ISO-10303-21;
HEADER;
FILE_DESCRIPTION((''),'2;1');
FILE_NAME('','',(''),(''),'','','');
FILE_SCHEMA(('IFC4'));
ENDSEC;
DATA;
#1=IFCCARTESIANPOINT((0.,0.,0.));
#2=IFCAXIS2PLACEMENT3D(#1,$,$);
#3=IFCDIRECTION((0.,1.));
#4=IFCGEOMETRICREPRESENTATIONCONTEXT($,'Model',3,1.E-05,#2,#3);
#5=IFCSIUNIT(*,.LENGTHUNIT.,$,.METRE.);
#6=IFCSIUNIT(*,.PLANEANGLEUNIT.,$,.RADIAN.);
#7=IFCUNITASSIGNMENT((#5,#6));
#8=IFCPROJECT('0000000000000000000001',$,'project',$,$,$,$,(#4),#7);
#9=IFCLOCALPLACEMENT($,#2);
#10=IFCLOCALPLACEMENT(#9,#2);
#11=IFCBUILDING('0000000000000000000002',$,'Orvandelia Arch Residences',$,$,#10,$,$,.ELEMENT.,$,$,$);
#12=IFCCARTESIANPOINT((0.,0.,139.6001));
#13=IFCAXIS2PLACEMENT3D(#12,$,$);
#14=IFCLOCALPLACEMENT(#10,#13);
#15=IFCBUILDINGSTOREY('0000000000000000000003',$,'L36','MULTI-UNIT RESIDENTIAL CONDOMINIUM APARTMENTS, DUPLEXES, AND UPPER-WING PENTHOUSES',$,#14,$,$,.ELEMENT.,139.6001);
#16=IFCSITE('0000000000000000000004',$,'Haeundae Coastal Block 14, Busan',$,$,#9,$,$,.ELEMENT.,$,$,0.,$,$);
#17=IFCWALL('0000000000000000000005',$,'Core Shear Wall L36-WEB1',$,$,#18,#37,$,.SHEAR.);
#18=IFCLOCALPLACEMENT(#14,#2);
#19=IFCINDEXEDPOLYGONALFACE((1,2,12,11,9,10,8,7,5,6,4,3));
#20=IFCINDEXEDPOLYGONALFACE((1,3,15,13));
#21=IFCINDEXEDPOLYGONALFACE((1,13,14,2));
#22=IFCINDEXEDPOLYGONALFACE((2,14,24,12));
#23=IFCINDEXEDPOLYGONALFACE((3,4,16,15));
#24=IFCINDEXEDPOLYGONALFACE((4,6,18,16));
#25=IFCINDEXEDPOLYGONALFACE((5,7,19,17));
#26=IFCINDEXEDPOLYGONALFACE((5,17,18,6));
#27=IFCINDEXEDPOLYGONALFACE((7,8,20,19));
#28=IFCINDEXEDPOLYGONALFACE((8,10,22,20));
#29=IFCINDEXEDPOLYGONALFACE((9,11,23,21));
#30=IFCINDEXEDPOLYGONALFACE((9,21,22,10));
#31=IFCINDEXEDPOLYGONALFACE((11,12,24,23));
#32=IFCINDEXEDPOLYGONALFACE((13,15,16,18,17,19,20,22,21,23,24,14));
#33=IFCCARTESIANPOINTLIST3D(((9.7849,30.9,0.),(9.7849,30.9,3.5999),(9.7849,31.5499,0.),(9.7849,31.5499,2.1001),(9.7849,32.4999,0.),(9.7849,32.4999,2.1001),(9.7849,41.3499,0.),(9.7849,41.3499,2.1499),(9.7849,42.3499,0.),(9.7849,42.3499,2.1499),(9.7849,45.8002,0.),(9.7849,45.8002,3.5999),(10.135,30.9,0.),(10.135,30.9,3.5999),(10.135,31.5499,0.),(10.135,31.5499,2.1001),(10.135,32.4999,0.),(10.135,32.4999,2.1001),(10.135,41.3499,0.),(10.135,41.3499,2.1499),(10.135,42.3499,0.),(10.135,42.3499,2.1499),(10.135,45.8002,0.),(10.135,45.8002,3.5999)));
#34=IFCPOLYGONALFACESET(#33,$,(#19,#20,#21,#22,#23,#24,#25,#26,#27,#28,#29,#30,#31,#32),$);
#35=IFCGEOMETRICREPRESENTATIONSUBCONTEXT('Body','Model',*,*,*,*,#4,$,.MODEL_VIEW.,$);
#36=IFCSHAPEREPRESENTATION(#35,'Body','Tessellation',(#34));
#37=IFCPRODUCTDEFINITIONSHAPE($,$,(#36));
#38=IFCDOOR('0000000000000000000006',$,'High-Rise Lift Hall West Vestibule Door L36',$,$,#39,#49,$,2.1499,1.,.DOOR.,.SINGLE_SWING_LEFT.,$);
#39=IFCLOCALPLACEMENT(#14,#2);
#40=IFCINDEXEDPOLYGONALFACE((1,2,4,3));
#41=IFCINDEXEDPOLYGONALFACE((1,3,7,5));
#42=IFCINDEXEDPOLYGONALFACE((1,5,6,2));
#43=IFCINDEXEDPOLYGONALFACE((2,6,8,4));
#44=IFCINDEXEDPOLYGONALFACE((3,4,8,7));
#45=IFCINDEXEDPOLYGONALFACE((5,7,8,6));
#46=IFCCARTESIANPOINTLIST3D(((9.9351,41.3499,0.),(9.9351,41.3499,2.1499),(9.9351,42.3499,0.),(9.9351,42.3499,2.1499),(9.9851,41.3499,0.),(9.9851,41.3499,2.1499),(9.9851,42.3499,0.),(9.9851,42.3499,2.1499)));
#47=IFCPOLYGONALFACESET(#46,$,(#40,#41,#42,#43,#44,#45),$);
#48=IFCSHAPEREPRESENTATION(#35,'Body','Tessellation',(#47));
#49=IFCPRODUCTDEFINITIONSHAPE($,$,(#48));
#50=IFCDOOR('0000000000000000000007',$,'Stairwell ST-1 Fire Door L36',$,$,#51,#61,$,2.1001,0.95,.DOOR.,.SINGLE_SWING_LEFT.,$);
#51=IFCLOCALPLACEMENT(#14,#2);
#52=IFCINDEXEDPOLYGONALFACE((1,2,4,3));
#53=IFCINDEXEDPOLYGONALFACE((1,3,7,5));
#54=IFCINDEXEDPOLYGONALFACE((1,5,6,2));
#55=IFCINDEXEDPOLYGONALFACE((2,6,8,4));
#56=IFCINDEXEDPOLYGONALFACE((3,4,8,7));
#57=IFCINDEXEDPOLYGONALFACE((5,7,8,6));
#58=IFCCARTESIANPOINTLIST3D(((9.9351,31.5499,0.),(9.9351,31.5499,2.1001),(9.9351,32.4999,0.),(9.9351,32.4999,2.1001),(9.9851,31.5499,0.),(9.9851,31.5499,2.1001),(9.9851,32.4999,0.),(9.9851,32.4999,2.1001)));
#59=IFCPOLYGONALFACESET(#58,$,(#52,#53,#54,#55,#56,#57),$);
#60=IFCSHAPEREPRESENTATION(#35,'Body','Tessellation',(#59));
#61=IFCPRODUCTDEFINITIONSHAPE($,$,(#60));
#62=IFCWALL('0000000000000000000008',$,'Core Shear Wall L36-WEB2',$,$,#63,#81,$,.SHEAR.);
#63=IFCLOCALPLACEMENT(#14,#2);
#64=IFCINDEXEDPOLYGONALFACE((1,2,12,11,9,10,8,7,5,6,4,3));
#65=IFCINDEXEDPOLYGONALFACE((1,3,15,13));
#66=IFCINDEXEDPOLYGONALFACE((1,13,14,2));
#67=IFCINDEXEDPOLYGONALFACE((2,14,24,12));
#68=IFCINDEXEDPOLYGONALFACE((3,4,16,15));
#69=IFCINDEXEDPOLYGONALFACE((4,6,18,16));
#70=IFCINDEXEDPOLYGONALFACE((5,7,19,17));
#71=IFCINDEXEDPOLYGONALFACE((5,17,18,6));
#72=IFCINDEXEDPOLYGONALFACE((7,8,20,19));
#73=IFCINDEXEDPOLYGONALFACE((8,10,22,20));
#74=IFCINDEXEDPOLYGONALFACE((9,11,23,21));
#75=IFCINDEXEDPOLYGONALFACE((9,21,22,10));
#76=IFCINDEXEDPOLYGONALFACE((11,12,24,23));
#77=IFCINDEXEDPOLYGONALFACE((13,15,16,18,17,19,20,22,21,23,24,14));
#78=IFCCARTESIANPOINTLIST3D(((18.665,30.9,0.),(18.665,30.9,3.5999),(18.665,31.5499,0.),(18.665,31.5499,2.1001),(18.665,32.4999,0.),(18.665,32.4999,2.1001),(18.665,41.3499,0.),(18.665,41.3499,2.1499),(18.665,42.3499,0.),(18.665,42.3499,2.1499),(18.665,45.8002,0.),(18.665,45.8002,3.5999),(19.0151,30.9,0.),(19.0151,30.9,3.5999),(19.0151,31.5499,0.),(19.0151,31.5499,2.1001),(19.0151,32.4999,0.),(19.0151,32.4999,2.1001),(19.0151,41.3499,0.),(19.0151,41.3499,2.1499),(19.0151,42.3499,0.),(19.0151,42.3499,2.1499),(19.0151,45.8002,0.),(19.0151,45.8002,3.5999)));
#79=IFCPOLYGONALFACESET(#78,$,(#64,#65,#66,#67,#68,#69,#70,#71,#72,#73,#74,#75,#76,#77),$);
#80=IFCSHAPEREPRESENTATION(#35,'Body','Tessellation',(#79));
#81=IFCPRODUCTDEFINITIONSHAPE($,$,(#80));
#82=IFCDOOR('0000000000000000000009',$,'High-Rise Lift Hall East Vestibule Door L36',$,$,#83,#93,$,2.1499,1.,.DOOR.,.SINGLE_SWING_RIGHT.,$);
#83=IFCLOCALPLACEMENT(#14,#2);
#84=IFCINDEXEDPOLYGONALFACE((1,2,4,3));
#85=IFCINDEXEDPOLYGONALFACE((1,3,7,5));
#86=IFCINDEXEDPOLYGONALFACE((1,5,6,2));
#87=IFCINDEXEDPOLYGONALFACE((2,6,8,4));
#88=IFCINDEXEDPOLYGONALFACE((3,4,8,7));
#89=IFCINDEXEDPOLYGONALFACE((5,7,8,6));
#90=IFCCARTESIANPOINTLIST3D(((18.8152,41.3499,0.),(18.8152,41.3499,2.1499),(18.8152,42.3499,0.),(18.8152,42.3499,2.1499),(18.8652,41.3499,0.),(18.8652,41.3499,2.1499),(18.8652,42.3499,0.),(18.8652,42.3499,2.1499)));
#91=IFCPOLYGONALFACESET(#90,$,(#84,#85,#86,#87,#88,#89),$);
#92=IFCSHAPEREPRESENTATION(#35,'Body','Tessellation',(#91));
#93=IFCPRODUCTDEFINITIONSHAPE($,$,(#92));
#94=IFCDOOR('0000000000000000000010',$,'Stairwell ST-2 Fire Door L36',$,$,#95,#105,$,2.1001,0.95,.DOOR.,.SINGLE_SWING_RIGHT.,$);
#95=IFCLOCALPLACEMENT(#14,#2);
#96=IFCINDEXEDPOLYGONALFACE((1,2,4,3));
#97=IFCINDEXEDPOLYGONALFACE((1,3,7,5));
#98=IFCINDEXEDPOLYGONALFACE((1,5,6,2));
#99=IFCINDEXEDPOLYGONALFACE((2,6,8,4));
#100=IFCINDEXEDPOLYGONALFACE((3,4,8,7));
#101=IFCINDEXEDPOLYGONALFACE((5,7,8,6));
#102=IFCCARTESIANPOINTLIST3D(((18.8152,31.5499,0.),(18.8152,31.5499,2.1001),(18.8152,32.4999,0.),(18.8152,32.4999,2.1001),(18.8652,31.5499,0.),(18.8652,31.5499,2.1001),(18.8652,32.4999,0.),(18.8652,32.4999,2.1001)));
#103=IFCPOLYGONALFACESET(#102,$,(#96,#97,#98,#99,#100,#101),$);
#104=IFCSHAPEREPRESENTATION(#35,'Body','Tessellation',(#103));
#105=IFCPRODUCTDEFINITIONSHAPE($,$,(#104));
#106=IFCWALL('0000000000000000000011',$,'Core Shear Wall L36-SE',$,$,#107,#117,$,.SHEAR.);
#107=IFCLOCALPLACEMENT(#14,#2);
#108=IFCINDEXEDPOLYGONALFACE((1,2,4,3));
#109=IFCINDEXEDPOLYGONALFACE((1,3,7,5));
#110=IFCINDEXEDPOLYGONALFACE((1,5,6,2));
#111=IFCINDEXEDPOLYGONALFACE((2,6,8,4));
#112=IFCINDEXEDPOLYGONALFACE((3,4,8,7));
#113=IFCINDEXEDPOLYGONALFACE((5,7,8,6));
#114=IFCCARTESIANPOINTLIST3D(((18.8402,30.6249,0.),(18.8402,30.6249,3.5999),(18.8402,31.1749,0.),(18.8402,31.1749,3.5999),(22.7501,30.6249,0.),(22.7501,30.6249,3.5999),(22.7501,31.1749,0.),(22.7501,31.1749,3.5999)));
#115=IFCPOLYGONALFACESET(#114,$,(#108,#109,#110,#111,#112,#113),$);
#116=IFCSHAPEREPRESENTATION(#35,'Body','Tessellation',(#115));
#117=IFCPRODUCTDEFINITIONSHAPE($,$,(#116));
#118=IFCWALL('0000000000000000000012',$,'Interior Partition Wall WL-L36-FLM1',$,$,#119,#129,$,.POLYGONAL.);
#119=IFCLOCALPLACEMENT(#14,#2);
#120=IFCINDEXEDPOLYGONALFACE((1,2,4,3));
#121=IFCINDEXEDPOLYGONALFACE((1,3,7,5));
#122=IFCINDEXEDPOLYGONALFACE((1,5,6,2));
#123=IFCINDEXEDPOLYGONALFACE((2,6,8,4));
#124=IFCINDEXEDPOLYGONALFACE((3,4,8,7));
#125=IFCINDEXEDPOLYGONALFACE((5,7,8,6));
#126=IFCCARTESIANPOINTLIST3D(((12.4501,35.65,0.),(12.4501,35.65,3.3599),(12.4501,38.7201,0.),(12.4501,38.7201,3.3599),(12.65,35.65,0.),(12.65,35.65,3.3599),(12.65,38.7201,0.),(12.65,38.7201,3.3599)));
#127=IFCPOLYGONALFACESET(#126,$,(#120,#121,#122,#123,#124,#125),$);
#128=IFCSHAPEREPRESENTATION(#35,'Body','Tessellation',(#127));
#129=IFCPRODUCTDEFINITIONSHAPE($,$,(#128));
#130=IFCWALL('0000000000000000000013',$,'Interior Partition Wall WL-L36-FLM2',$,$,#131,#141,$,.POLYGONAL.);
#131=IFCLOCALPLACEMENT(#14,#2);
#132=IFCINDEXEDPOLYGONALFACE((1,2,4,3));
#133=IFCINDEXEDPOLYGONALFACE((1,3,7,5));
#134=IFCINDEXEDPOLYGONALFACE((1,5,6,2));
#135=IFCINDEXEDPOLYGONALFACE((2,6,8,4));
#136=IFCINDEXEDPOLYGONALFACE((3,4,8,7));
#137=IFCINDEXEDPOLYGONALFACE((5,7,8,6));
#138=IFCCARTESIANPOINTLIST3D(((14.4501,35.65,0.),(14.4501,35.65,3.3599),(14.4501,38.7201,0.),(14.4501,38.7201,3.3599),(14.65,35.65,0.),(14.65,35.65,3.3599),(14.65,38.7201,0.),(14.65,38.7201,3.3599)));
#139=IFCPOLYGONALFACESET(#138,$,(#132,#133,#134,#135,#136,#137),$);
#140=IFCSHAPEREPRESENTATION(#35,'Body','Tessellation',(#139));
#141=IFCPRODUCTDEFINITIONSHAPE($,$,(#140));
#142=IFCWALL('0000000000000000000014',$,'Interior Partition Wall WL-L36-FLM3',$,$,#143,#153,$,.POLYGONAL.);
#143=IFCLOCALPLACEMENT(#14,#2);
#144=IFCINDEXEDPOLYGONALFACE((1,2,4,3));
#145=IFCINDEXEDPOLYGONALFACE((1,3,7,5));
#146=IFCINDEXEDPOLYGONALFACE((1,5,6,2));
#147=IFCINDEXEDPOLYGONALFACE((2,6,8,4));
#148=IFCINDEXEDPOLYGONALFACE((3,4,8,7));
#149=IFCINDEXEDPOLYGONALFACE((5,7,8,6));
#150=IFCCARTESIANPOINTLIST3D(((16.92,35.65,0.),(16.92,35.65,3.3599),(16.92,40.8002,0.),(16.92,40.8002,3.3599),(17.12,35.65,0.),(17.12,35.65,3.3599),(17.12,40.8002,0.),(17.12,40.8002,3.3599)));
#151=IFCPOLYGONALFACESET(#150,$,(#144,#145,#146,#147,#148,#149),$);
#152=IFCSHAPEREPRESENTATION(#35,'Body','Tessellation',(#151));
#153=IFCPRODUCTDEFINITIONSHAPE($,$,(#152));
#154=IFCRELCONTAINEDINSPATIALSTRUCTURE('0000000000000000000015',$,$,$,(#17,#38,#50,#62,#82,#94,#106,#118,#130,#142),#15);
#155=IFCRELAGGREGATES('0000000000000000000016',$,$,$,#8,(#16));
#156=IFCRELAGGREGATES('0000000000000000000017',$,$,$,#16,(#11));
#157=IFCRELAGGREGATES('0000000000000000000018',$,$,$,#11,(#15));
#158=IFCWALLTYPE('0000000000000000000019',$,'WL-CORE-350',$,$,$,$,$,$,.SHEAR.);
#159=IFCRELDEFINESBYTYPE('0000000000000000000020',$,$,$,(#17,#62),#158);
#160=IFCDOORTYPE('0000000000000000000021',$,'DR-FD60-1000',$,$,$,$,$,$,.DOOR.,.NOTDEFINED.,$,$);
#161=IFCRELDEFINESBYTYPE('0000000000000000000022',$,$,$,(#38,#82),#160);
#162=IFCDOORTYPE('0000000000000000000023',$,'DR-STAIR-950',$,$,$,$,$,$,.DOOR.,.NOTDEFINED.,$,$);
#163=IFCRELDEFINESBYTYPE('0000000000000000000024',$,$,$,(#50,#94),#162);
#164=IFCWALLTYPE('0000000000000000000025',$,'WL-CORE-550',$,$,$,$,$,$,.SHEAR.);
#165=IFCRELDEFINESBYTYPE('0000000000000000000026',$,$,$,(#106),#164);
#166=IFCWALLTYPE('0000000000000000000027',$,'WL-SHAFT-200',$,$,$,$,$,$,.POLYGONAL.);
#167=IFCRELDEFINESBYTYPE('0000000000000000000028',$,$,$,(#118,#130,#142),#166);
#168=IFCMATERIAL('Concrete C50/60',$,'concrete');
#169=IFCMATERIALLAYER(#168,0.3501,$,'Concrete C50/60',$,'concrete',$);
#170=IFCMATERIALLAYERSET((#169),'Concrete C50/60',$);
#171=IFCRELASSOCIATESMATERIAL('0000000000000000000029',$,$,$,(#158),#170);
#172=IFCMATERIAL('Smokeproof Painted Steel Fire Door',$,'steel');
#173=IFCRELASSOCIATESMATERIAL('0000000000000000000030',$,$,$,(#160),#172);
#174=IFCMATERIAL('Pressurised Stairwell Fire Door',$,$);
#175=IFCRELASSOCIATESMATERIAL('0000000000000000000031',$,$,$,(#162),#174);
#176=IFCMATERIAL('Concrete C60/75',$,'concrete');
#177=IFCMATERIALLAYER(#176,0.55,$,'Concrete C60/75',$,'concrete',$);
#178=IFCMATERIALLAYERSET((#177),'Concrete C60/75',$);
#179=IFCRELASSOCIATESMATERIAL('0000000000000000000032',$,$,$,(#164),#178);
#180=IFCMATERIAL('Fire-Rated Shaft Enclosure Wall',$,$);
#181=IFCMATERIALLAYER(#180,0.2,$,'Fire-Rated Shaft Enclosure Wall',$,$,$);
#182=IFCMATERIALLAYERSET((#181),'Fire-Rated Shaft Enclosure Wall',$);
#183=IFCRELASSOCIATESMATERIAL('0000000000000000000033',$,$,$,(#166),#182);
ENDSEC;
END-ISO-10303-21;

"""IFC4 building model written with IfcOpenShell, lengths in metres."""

from ifc_helpers import new_model, si_unit, direction, frame, frame_2d, origin, place, context, subcontext, project, spatial, rectangle, extrude, material, layer, layer_set, type_object, element, fill, save


model = new_model("IFC4")

# Units and contexts
model_context = context("Model", 3, precision=1e-05, world=origin(), true_north=direction((0.0, 1.0)))
body_context = subcontext(model_context, "Body", "Model", "MODEL_VIEW")
ifc_project = project(units=[si_unit("LENGTHUNIT", "METRE"), si_unit("PLANEANGLEUNIT", "RADIAN")], contexts=[model_context])

# Site, building, storey
site_placement = place(None, origin())
site = spatial("IfcSite", under=ifc_project, at=site_placement, Name="Haeundae Coastal Block 14, Busan", CompositionType="ELEMENT", RefElevation=0.0)
building_placement = place(site_placement, origin())
building = spatial("IfcBuilding", under=site, at=building_placement, Name="Orvandelia Arch Residences", CompositionType="ELEMENT")
storey_placement = place(building_placement, frame((0.0, 0.0, 139.6001)))
storey = spatial("IfcBuildingStorey", under=building, at=storey_placement, Name="L36", Description="MULTI-UNIT RESIDENTIAL CONDOMINIUM APARTMENTS, DUPLEXES, AND UPPER-WING PENTHOUSES", CompositionType="ELEMENT", Elevation=139.6001)

# Walls, openings, doors
ifc_material_1 = material(Name="Concrete C50/60", Category="concrete")
ifc_layer_1 = layer(ifc_material_1, 0.3501, Name="Concrete C50/60", Category="concrete")
ifc_layer_set_1 = layer_set([ifc_layer_1], Name="Concrete C50/60")
wall_type_1 = type_object("IfcWallType", Name="WL-CORE-350", PredefinedType="SHEAR", material=ifc_layer_set_1)
wall_1_placement = place(storey_placement, frame((9.96, 30.8999, 0.0), z_axis=(0.0, 0.0, 1.0), x_axis=(0.0, 1.0, 0.0)))
wall_1 = element("IfcWall", 1, at=wall_1_placement, inside=storey, type_object=wall_type_1, Name="Core Shear Wall L36-WEB1", PredefinedType="SHEAR", context=body_context, shape_type="SweptSolid", body=[
    extrude(rectangle(XDim=14.9001, YDim=0.3501, at=frame_2d((7.4502, 0.0))), origin(), (0.0, 0.0, 1.0), 3.5999),
])
opening_1_placement = place(wall_1_placement, frame((0.6499, 0.0, 0.0)))
opening_1 = element("IfcOpeningElement", 2, at=opening_1_placement, cuts=wall_1, PredefinedType="OPENING", context=body_context, shape_type="SweptSolid", body=[
    extrude(rectangle(XDim=0.95, YDim=2.1001, at=frame_2d((0.4751, 1.05))), frame((0.0, 0.1851, 0.0), z_axis=(0.0, -1.0, 0.0), x_axis=(1.0, 0.0, 0.0)), (0.0, 0.0, 1.0), 0.3701),
])
opening_2_placement = place(wall_1_placement, frame((10.45, 0.0, 0.0)))
opening_2 = element("IfcOpeningElement", 3, at=opening_2_placement, cuts=wall_1, PredefinedType="OPENING", context=body_context, shape_type="SweptSolid", body=[
    extrude(rectangle(XDim=1.0, YDim=2.1499, at=frame_2d((0.5, 1.075))), frame((0.0, 0.1851, 0.0), z_axis=(0.0, -1.0, 0.0), x_axis=(1.0, 0.0, 0.0)), (0.0, 0.0, 1.0), 0.3701),
])
ifc_material_2 = material(Name="Smokeproof Painted Steel Fire Door", Category="steel")
door_type_1 = type_object("IfcDoorType", Name="DR-FD60-1000", OperationType="NOTDEFINED", PredefinedType="DOOR", material=ifc_material_2)
door_1_placement = place(opening_2_placement, origin())
door_1 = element("IfcDoor", 4, at=door_1_placement, inside=storey, type_object=door_type_1, Name="High-Rise Lift Hall West Vestibule Door L36", OperationType="SINGLE_SWING_LEFT", OverallHeight=2.1499, OverallWidth=1.0, PredefinedType="DOOR", context=body_context, shape_type="SweptSolid", body=[
    extrude(rectangle(XDim=1.0, YDim=2.1499, at=frame_2d((0.5, 1.075))), frame((0.0, 0.0249, 0.0), z_axis=(0.0, -1.0, 0.0), x_axis=(1.0, 0.0, 0.0)), (0.0, 0.0, 1.0), 0.05),
])
fill(opening_2, door_1)
ifc_material_3 = material(Name="Pressurised Stairwell Fire Door")
door_type_2 = type_object("IfcDoorType", Name="DR-STAIR-950", OperationType="NOTDEFINED", PredefinedType="DOOR", material=ifc_material_3)
door_2_placement = place(opening_1_placement, origin())
door_2 = element("IfcDoor", 5, at=door_2_placement, inside=storey, type_object=door_type_2, Name="Stairwell ST-1 Fire Door L36", OperationType="SINGLE_SWING_LEFT", OverallHeight=2.1001, OverallWidth=0.95, PredefinedType="DOOR", context=body_context, shape_type="SweptSolid", body=[
    extrude(rectangle(XDim=0.95, YDim=2.1001, at=frame_2d((0.4751, 1.05))), frame((0.0, 0.0249, 0.0), z_axis=(0.0, -1.0, 0.0), x_axis=(1.0, 0.0, 0.0)), (0.0, 0.0, 1.0), 0.05),
])
fill(opening_1, door_2)
wall_2_placement = place(storey_placement, frame((18.8401, 30.8999, 0.0), z_axis=(0.0, 0.0, 1.0), x_axis=(0.0, 1.0, 0.0)))
wall_2 = element("IfcWall", 6, at=wall_2_placement, inside=storey, type_object=wall_type_1, Name="Core Shear Wall L36-WEB2", PredefinedType="SHEAR", context=body_context, shape_type="SweptSolid", body=[
    extrude(rectangle(XDim=14.9001, YDim=0.3501, at=frame_2d((7.4502, 0.0))), origin(), (0.0, 0.0, 1.0), 3.5999),
])
opening_3_placement = place(wall_2_placement, frame((0.6499, 0.0, 0.0)))
opening_3 = element("IfcOpeningElement", 7, at=opening_3_placement, cuts=wall_2, PredefinedType="OPENING", context=body_context, shape_type="SweptSolid", body=[
    extrude(rectangle(XDim=0.95, YDim=2.1001, at=frame_2d((0.4751, 1.05))), frame((0.0, 0.1851, 0.0), z_axis=(0.0, -1.0, 0.0), x_axis=(1.0, 0.0, 0.0)), (0.0, 0.0, 1.0), 0.3701),
])
opening_4_placement = place(wall_2_placement, frame((10.45, 0.0, 0.0)))
opening_4 = element("IfcOpeningElement", 8, at=opening_4_placement, cuts=wall_2, PredefinedType="OPENING", context=body_context, shape_type="SweptSolid", body=[
    extrude(rectangle(XDim=1.0, YDim=2.1499, at=frame_2d((0.5, 1.075))), frame((0.0, 0.1851, 0.0), z_axis=(0.0, -1.0, 0.0), x_axis=(1.0, 0.0, 0.0)), (0.0, 0.0, 1.0), 0.3701),
])
door_3_placement = place(opening_4_placement, origin())
door_3 = element("IfcDoor", 9, at=door_3_placement, inside=storey, type_object=door_type_1, Name="High-Rise Lift Hall East Vestibule Door L36", OperationType="SINGLE_SWING_RIGHT", OverallHeight=2.1499, OverallWidth=1.0, PredefinedType="DOOR", context=body_context, shape_type="SweptSolid", body=[
    extrude(rectangle(XDim=1.0, YDim=2.1499, at=frame_2d((0.5, 1.075))), frame((0.0, 0.0249, 0.0), z_axis=(0.0, -1.0, 0.0), x_axis=(1.0, 0.0, 0.0)), (0.0, 0.0, 1.0), 0.05),
])
fill(opening_4, door_3)
door_4_placement = place(opening_3_placement, origin())
door_4 = element("IfcDoor", 10, at=door_4_placement, inside=storey, type_object=door_type_2, Name="Stairwell ST-2 Fire Door L36", OperationType="SINGLE_SWING_RIGHT", OverallHeight=2.1001, OverallWidth=0.95, PredefinedType="DOOR", context=body_context, shape_type="SweptSolid", body=[
    extrude(rectangle(XDim=0.95, YDim=2.1001, at=frame_2d((0.4751, 1.05))), frame((0.0, 0.0249, 0.0), z_axis=(0.0, -1.0, 0.0), x_axis=(1.0, 0.0, 0.0)), (0.0, 0.0, 1.0), 0.05),
])
fill(opening_3, door_4)

# Shared definitions
ifc_material_4 = material(Name="Concrete C60/75", Category="concrete")
ifc_layer_2 = layer(ifc_material_4, 0.55, Name="Concrete C60/75", Category="concrete")
ifc_layer_set_2 = layer_set([ifc_layer_2], Name="Concrete C60/75")
wall_type_2 = type_object("IfcWallType", Name="WL-CORE-550", PredefinedType="SHEAR", material=ifc_layer_set_2)

# Walls
wall_3_placement = place(storey_placement, frame((18.8401, 30.8999, 0.0), z_axis=(0.0, 0.0, 1.0), x_axis=(1.0, 0.0, 0.0)))
element("IfcWall", 11, at=wall_3_placement, inside=storey, type_object=wall_type_2, Name="Core Shear Wall L36-SE", PredefinedType="SHEAR", context=body_context, shape_type="SweptSolid", body=[
    extrude(rectangle(XDim=3.9099, YDim=0.55, at=frame_2d((1.9551, 0.0))), origin(), (0.0, 0.0, 1.0), 3.5999),
])
ifc_material_5 = material(Name="Fire-Rated Shaft Enclosure Wall")
ifc_layer_3 = layer(ifc_material_5, 0.2, Name="Fire-Rated Shaft Enclosure Wall")
ifc_layer_set_3 = layer_set([ifc_layer_3], Name="Fire-Rated Shaft Enclosure Wall")
wall_type_3 = type_object("IfcWallType", Name="WL-SHAFT-200", PredefinedType="POLYGONAL", material=ifc_layer_set_3)
for number, where, z_axis, x_axis, name in (
    (12, (12.55, 35.6499, 0.0), (0.0, 0.0, 1.0), (0.0, 1.0, 0.0), "Interior Partition Wall WL-L36-FLM1"),
    (13, (14.55, 35.6499, 0.0), (0.0, 0.0, 1.0), (0.0, 1.0, 0.0), "Interior Partition Wall WL-L36-FLM2"),
):
    element("IfcWall", number, at=place(storey_placement, frame(where, z_axis=z_axis, x_axis=x_axis)), inside=storey, type_object=wall_type_3, Name=name, PredefinedType="POLYGONAL", context=body_context, shape_type="SweptSolid", body=[
        extrude(rectangle(XDim=3.0701, YDim=0.2, at=frame_2d((1.5352, 0.0))), origin(), (0.0, 0.0, 1.0), 3.3599),
    ])
wall_4_placement = place(storey_placement, frame((17.02, 35.6499, 0.0), z_axis=(0.0, 0.0, 1.0), x_axis=(0.0, 1.0, 0.0)))
element("IfcWall", 14, at=wall_4_placement, inside=storey, type_object=wall_type_3, Name="Interior Partition Wall WL-L36-FLM3", PredefinedType="POLYGONAL", context=body_context, shape_type="SweptSolid", body=[
    extrude(rectangle(XDim=5.1501, YDim=0.2, at=frame_2d((2.5752, 0.0))), origin(), (0.0, 0.0, 1.0), 3.3599),
])

save(model, "model.ifc")
